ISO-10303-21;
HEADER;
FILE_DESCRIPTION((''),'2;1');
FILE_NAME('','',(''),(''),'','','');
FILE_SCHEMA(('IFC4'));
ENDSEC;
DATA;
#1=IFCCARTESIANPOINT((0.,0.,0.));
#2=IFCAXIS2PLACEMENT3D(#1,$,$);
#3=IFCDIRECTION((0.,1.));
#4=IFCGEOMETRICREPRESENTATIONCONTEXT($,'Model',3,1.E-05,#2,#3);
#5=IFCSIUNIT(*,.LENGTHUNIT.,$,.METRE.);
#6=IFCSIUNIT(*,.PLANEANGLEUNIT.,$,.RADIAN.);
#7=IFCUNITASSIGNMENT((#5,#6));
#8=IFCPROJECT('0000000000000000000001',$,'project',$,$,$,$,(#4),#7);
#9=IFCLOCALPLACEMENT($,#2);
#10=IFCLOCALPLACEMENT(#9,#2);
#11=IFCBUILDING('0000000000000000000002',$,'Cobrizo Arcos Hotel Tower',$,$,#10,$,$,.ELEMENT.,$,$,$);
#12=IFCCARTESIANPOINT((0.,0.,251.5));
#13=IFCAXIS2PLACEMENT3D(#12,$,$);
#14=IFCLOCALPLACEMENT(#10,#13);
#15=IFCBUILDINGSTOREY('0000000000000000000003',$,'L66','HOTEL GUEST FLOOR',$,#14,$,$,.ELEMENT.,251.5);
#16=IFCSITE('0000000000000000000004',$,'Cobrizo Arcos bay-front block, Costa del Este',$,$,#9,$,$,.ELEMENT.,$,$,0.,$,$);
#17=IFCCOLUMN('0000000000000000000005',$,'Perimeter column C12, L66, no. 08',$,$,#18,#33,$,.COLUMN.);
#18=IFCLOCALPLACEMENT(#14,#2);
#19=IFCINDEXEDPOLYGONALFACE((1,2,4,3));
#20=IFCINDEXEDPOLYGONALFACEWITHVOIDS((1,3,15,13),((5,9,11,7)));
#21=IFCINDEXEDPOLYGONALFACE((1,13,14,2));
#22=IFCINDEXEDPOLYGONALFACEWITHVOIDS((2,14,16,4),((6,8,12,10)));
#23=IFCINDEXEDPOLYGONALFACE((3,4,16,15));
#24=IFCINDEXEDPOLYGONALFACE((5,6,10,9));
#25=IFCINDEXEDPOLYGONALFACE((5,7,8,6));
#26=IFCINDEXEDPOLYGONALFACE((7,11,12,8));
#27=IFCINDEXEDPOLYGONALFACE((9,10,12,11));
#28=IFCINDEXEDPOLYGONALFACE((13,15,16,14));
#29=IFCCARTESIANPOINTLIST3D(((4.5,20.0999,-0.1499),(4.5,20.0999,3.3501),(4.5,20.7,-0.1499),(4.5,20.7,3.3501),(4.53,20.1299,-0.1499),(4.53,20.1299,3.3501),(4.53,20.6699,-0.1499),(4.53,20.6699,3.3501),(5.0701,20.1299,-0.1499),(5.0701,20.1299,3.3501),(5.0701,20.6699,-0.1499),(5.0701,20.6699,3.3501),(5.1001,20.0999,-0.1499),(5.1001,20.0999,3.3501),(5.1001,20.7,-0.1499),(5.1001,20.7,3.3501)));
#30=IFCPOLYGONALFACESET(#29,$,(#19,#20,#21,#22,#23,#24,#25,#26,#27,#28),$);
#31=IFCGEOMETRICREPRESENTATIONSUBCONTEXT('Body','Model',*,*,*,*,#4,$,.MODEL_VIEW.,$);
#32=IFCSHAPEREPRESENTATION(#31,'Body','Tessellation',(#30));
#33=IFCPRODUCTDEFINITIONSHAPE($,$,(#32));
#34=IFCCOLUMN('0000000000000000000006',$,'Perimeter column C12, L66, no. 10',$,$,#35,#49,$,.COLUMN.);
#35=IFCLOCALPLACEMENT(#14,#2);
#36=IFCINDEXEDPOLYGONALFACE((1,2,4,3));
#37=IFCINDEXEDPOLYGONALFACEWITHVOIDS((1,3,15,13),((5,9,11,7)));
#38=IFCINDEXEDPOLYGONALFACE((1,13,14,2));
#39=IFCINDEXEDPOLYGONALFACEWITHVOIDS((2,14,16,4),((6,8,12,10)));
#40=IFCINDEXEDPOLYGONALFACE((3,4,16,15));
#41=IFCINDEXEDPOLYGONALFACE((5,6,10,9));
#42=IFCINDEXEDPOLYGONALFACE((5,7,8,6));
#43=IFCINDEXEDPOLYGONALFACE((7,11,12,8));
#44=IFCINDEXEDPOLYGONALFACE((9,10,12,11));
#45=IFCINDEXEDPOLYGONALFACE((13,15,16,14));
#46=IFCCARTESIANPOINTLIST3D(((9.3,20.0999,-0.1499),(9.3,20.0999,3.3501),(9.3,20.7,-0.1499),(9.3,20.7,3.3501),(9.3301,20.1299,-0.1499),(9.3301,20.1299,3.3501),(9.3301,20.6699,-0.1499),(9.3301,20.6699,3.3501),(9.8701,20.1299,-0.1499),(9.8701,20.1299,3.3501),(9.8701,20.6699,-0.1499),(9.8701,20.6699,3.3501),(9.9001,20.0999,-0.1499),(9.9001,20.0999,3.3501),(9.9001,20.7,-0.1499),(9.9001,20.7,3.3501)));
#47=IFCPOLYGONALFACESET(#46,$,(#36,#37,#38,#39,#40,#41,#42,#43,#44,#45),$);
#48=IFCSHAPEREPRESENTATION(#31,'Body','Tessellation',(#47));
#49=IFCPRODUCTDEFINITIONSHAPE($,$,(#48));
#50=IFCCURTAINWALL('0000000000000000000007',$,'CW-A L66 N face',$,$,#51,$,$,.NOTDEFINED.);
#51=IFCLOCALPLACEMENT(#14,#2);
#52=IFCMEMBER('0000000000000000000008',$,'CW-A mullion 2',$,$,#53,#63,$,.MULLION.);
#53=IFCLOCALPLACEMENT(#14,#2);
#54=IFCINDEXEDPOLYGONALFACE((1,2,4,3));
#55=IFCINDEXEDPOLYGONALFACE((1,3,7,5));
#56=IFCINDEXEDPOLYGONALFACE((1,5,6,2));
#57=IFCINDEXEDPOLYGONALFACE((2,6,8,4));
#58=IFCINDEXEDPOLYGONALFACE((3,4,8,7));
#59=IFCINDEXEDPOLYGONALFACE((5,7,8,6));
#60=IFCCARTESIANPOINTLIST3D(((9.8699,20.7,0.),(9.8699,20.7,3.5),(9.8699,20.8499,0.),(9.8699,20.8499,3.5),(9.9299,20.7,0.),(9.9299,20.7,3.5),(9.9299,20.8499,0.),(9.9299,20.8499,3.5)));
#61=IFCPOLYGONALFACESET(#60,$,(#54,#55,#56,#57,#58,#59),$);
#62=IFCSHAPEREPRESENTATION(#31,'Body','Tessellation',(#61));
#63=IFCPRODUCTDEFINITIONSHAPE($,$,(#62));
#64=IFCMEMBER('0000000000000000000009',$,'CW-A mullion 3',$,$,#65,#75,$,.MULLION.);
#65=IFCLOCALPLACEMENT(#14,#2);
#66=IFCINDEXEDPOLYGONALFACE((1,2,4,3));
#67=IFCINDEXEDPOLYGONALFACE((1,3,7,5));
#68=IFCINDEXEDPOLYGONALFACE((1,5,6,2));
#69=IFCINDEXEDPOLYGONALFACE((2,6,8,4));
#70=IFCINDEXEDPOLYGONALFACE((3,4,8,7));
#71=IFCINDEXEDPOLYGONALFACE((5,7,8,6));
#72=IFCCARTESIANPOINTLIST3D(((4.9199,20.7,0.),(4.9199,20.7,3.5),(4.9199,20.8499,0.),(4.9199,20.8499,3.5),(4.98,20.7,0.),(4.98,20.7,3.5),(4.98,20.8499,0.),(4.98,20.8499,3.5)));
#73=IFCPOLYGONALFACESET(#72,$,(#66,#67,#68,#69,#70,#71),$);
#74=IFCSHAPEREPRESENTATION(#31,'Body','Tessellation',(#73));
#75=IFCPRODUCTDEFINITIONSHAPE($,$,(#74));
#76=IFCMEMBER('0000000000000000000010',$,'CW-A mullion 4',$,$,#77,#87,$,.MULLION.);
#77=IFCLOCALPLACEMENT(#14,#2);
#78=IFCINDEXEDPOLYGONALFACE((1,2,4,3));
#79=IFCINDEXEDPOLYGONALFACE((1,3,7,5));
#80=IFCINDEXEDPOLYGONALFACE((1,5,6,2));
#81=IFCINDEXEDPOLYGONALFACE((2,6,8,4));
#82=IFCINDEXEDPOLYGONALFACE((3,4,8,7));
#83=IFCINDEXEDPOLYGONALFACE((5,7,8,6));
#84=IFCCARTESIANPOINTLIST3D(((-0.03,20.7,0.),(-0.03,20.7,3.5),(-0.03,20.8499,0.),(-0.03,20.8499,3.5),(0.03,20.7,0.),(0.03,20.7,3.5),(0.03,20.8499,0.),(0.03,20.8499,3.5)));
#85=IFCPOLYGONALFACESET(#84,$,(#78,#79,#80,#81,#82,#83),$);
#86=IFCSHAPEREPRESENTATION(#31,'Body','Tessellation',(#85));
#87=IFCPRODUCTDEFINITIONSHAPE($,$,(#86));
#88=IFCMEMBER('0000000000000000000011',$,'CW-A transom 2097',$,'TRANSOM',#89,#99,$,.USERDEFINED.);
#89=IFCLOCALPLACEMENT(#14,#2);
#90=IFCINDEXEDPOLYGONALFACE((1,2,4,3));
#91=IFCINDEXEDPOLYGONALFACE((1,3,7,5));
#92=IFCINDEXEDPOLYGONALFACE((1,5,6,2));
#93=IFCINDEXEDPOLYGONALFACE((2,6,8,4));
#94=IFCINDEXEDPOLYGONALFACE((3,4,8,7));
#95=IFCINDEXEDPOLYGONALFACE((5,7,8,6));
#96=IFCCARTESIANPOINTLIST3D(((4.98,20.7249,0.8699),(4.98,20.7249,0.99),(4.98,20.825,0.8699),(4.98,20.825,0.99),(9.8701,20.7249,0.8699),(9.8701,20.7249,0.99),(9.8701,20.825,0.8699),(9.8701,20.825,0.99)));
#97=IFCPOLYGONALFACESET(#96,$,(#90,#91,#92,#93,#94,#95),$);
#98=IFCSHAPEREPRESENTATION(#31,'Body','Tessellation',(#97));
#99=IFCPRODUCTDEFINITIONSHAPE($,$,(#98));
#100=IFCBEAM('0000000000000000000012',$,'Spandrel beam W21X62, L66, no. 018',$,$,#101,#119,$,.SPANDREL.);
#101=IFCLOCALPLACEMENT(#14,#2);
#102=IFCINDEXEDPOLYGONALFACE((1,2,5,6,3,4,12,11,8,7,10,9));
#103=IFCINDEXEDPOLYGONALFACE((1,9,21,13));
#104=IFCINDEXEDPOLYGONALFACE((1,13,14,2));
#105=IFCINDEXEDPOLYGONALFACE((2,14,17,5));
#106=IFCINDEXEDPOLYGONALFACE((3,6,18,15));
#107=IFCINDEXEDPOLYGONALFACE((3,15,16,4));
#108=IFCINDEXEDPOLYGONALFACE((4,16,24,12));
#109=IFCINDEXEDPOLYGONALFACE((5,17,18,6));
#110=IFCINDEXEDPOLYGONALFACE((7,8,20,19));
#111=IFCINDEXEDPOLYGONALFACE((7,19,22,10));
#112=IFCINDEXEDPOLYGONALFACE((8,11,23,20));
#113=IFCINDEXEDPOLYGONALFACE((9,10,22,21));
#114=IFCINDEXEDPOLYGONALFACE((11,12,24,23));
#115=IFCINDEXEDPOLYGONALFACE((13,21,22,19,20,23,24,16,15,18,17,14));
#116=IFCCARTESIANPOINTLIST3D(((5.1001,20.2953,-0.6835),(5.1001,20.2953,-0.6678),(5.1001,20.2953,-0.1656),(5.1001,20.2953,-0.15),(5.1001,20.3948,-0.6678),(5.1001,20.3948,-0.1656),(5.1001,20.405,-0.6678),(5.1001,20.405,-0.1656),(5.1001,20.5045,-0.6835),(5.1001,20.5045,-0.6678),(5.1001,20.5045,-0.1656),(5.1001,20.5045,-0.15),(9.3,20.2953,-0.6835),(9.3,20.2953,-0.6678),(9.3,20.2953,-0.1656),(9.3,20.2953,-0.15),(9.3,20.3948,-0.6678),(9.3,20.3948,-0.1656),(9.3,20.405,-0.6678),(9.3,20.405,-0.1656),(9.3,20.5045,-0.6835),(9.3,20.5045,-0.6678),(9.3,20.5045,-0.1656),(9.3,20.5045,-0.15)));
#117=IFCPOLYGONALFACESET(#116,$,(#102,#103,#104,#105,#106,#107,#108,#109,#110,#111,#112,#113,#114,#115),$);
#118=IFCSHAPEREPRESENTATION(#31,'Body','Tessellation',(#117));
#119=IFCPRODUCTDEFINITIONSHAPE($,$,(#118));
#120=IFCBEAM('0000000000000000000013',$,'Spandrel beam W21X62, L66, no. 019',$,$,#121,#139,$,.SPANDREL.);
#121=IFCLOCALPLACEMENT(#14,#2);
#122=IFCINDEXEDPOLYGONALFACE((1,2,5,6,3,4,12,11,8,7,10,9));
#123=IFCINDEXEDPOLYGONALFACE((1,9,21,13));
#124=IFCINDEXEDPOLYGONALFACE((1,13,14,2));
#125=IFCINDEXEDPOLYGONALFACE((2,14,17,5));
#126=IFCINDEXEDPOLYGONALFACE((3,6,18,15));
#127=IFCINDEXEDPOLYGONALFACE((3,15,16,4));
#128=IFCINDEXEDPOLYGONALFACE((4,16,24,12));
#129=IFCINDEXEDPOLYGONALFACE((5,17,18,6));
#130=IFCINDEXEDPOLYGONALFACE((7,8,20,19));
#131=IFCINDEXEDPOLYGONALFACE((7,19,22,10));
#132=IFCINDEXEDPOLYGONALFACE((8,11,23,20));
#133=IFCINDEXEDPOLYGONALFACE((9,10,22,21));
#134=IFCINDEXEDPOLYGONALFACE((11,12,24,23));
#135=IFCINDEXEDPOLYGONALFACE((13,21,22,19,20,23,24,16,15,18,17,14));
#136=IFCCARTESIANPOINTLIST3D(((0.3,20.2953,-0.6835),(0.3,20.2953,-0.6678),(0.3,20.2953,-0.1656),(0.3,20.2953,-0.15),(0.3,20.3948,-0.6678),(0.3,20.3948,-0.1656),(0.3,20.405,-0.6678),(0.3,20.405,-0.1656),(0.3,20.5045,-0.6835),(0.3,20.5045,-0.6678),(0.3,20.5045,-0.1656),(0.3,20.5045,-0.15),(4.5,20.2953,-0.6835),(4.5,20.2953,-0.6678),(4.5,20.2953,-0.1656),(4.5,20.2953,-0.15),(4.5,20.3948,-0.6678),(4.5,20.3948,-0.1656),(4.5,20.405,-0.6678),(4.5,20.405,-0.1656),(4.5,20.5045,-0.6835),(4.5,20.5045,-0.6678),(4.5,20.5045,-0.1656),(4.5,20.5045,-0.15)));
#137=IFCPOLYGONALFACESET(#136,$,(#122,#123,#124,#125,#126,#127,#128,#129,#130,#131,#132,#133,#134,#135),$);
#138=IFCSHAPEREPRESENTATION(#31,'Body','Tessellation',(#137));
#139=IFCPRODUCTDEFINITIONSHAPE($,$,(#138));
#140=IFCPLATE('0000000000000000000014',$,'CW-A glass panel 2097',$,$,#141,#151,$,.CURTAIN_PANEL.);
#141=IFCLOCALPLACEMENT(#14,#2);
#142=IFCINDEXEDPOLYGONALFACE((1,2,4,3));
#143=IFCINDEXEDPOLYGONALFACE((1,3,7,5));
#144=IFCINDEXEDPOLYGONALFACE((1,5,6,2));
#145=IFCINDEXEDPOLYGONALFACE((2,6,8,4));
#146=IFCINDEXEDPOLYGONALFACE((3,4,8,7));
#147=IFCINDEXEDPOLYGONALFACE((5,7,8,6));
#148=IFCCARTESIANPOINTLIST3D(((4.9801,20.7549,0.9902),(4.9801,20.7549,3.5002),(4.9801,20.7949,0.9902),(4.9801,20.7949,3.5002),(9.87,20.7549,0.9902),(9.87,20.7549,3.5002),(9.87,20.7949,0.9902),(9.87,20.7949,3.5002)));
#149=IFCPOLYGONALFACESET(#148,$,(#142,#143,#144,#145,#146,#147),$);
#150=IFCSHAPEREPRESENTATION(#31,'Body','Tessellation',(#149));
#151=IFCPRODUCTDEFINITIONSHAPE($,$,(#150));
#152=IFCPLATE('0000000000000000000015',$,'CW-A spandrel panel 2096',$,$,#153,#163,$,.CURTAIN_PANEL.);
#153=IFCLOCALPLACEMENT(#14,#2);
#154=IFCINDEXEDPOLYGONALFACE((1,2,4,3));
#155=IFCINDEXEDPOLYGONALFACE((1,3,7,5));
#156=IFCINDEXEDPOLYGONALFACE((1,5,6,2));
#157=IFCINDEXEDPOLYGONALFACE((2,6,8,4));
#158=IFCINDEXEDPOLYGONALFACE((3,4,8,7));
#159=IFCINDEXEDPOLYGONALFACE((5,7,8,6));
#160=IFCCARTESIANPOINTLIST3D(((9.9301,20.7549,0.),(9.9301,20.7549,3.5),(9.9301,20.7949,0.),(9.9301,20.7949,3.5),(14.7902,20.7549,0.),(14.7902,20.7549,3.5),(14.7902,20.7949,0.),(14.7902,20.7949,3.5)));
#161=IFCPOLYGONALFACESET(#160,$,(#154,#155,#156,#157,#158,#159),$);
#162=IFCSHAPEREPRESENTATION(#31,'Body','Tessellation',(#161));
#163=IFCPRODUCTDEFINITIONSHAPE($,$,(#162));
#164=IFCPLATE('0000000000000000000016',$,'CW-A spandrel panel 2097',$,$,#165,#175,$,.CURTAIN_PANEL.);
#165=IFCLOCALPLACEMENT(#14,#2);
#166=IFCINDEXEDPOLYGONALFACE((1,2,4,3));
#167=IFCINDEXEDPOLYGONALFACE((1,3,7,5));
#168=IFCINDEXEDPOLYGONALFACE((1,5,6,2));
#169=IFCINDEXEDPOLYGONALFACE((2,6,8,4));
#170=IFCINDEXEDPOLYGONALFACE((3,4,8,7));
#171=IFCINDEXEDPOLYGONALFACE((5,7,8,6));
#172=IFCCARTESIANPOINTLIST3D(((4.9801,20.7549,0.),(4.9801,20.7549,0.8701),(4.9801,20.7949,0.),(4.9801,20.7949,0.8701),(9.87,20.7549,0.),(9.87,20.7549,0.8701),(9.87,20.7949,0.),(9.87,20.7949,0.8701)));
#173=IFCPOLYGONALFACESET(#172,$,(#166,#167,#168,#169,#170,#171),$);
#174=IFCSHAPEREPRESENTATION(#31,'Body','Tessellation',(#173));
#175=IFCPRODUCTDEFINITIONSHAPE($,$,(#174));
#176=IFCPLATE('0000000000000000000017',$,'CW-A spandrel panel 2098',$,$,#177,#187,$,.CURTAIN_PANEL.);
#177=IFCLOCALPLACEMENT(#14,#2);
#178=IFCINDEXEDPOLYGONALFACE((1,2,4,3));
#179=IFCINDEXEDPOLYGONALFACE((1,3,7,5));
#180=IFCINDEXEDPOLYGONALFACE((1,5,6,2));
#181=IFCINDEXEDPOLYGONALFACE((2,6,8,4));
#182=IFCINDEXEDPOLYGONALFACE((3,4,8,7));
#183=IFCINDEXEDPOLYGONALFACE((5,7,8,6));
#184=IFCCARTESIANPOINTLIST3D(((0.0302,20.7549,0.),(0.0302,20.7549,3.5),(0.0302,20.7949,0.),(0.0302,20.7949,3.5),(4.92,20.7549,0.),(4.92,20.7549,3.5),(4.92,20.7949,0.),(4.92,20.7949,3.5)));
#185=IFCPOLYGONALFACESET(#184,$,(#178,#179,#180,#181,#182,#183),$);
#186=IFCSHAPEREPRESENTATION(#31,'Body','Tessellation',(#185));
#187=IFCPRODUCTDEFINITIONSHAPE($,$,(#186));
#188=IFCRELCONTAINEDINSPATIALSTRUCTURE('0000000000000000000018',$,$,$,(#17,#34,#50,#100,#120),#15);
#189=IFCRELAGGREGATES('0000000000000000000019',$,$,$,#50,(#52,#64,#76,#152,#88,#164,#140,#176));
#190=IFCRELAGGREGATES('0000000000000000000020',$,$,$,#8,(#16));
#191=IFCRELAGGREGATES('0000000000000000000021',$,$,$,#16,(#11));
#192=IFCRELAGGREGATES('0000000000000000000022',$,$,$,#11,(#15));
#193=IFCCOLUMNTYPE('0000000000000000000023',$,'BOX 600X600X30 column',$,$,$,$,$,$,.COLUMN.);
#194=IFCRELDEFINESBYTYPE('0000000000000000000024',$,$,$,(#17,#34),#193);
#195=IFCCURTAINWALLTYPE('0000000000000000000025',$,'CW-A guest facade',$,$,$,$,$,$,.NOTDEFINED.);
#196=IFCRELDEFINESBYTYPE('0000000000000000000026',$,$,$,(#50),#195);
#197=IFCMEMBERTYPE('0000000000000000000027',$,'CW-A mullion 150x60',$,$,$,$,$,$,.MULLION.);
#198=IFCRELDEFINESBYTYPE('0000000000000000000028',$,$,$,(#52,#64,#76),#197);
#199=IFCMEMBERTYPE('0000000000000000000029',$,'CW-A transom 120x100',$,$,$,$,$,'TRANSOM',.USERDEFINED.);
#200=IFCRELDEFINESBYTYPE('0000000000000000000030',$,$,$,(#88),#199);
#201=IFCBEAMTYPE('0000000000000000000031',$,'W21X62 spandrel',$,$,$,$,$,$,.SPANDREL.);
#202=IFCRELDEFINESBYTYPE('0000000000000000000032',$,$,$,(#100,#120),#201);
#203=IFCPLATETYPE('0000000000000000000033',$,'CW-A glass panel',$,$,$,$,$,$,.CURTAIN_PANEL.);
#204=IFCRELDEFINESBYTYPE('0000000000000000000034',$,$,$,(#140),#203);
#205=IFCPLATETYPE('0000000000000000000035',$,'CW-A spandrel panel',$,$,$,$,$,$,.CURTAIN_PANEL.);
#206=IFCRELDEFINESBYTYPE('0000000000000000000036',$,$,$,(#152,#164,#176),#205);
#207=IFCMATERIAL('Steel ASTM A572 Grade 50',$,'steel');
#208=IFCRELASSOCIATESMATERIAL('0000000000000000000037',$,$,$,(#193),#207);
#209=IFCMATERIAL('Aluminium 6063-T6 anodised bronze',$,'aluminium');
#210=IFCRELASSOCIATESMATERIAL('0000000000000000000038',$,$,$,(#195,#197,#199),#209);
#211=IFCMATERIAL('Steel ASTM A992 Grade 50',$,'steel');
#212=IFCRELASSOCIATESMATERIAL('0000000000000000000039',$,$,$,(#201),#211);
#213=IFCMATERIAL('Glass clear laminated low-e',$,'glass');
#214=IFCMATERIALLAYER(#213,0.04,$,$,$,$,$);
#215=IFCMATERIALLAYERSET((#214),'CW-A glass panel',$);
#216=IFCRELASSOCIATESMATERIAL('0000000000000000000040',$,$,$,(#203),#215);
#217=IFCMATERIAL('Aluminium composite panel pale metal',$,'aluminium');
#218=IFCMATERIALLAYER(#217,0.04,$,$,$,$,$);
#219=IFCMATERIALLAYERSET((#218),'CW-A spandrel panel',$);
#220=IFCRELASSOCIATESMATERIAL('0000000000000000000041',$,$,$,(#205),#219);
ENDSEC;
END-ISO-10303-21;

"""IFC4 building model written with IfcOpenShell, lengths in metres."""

from ifc_helpers import new_model, si_unit, direction, frame, origin, origin_2d, place, context, subcontext, project, spatial, rectangle, hollow_rectangle, i_section, extrude, material, layer, layer_set, material_profile, profile_set, type_object, element, aggregate, save


model = new_model("IFC4")

# Units and contexts
model_context = context("Model", 3, precision=1e-05, world=origin(), true_north=direction((0.0, 1.0)))
body_context = subcontext(model_context, "Body", "Model", "MODEL_VIEW")
ifc_project = project(units=[si_unit("LENGTHUNIT", "METRE"), si_unit("PLANEANGLEUNIT", "RADIAN")], contexts=[model_context])

# Site, building, storey
site_placement = place(None, origin())
site = spatial("IfcSite", under=ifc_project, at=site_placement, Name="Cobrizo Arcos bay-front block, Costa del Este", CompositionType="ELEMENT", RefElevation=0.0)
building_placement = place(site_placement, origin())
building = spatial("IfcBuilding", under=site, at=building_placement, Name="Cobrizo Arcos Hotel Tower", CompositionType="ELEMENT")
storey_placement = place(building_placement, frame((0.0, 0.0, 251.5)))
storey = spatial("IfcBuildingStorey", under=building, at=storey_placement, Name="L66", Description="HOTEL GUEST FLOOR", CompositionType="ELEMENT", Elevation=251.5)

# Columns
ifc_material_1 = material(Name="Steel ASTM A572 Grade 50", Category="steel")
ifc_material_profile_1 = material_profile(ifc_material_1, hollow_rectangle(XDim=0.6001, YDim=0.6001, WallThickness=0.03, at=origin_2d()), Name="BOX 600X600X30")
ifc_profile_set_1 = profile_set([ifc_material_profile_1], Name="Steel ASTM A572 Grade 50")
column_type = type_object("IfcColumnType", Name="BOX 600X600X30 column", PredefinedType="COLUMN", material=ifc_profile_set_1)
for number, where, z_axis, x_axis, name in (
    (1, (4.8, 20.3999, -0.1499), (0.0, 0.0, 1.0), (1.0, 0.0, 0.0), "Perimeter column C12, L66, no. 08"),
    (2, (9.6001, 20.3999, -0.1499), (0.0, 0.0, 1.0), (1.0, 0.0, 0.0), "Perimeter column C12, L66, no. 10"),
):
    element("IfcColumn", number, at=place(storey_placement, frame(where, z_axis=z_axis, x_axis=x_axis)), inside=storey, type_object=column_type, Name=name, PredefinedType="COLUMN", context=body_context, shape_type="SweptSolid", body=[
        extrude(hollow_rectangle(XDim=0.6001, YDim=0.6001, WallThickness=0.03, at=origin_2d()), origin(), (0.0, 0.0, 1.0), 3.5),
    ])

# Curtain wall, members
ifc_material_2 = material(Name="Aluminium 6063-T6 anodised bronze", Category="aluminium")
curtain_wall_type = type_object("IfcCurtainWallType", Name="CW-A guest facade", PredefinedType="NOTDEFINED", material=ifc_material_2)
curtain_wall_placement = place(storey_placement, origin())
curtain_wall = element("IfcCurtainWall", 3, at=curtain_wall_placement, inside=storey, type_object=curtain_wall_type, Name="CW-A L66 N face", PredefinedType="NOTDEFINED")
ifc_material_profile_2 = material_profile(ifc_material_2, rectangle(XDim=0.1499, YDim=0.0601, at=origin_2d()), Name="CW-A mullion 150x60")
ifc_profile_set_2 = profile_set([ifc_material_profile_2], Name="Aluminium 6063-T6 anodised bronze")
member_type_1 = type_object("IfcMemberType", Name="CW-A mullion 150x60", PredefinedType="MULLION", material=ifc_profile_set_2)
member_1_placement = place(storey_placement, frame((9.8999, 20.7749, 0.0), z_axis=(0.0, 0.0, 1.0), x_axis=(0.0, 1.0, 0.0)))
member_1 = element("IfcMember", 4, at=member_1_placement, type_object=member_type_1, Name="CW-A mullion 2", PredefinedType="MULLION", context=body_context, shape_type="SweptSolid", body=[
    extrude(rectangle(XDim=0.1499, YDim=0.0601, at=origin_2d()), origin(), (0.0, 0.0, 1.0), 3.5),
])
member_2_placement = place(storey_placement, frame((4.95, 20.7749, 0.0), z_axis=(0.0, 0.0, 1.0), x_axis=(0.0, 1.0, 0.0)))
member_2 = element("IfcMember", 5, at=member_2_placement, type_object=member_type_1, Name="CW-A mullion 3", PredefinedType="MULLION", context=body_context, shape_type="SweptSolid", body=[
    extrude(rectangle(XDim=0.1499, YDim=0.0601, at=origin_2d()), origin(), (0.0, 0.0, 1.0), 3.5),
])
member_3_placement = place(storey_placement, frame((0.0, 20.7749, 0.0), z_axis=(0.0, 0.0, 1.0), x_axis=(0.0, 1.0, 0.0)))
member_3 = element("IfcMember", 6, at=member_3_placement, type_object=member_type_1, Name="CW-A mullion 4", PredefinedType="MULLION", context=body_context, shape_type="SweptSolid", body=[
    extrude(rectangle(XDim=0.1499, YDim=0.0601, at=origin_2d()), origin(), (0.0, 0.0, 1.0), 3.5),
])
ifc_material_profile_3 = material_profile(ifc_material_2, rectangle(XDim=0.1001, YDim=0.1201, at=origin_2d()), Name="CW-A transom 120x100")
ifc_profile_set_3 = profile_set([ifc_material_profile_3], Name="Aluminium 6063-T6 anodised bronze")
member_type_2 = type_object("IfcMemberType", Name="CW-A transom 120x100", ElementType="TRANSOM", PredefinedType="USERDEFINED", material=ifc_profile_set_3)
member_4_placement = place(storey_placement, frame((9.8701, 20.7749, 0.9299), z_axis=(-1.0, 0.0, 0.0), x_axis=(0.0, -1.0, 0.0)))
member_4 = element("IfcMember", 7, at=member_4_placement, type_object=member_type_2, Name="CW-A transom 2097", ObjectType="TRANSOM", PredefinedType="USERDEFINED", context=body_context, shape_type="SweptSolid", body=[
    extrude(rectangle(XDim=0.1001, YDim=0.1201, at=origin_2d()), origin(), (0.0, 0.0, 1.0), 4.8901),
])

# Beams
ifc_material_3 = material(Name="Steel ASTM A992 Grade 50", Category="steel")
ifc_material_profile_4 = material_profile(ifc_material_3, i_section(OverallWidth=0.2092, OverallDepth=0.5334, WebThickness=0.0103, FlangeThickness=0.0156, at=origin_2d()), Name="W21X62")
ifc_profile_set_4 = profile_set([ifc_material_profile_4], Name="Steel ASTM A992 Grade 50")
beam_type = type_object("IfcBeamType", Name="W21X62 spandrel", PredefinedType="SPANDREL", material=ifc_profile_set_4)
for number, where, z_axis, x_axis, name in (
    (8, (9.3, 20.3999, -0.4167), (-1.0, 0.0, 0.0), (0.0, -1.0, 0.0), "Spandrel beam W21X62, L66, no. 018"),
    (9, (4.5, 20.3999, -0.4167), (-1.0, 0.0, 0.0), (0.0, -1.0, 0.0), "Spandrel beam W21X62, L66, no. 019"),
):
    element("IfcBeam", number, at=place(storey_placement, frame(where, z_axis=z_axis, x_axis=x_axis)), inside=storey, type_object=beam_type, Name=name, PredefinedType="SPANDREL", context=body_context, shape_type="SweptSolid", body=[
        extrude(i_section(OverallWidth=0.2092, OverallDepth=0.5334, WebThickness=0.0103, FlangeThickness=0.0156, at=origin_2d()), origin(), (0.0, 0.0, 1.0), 4.2),
    ])

# Plates
ifc_material_4 = material(Name="Glass clear laminated low-e", Category="glass")
ifc_layer_1 = layer(ifc_material_4, 0.04)
ifc_layer_set_1 = layer_set([ifc_layer_1], Name="CW-A glass panel")
plate_type_1 = type_object("IfcPlateType", Name="CW-A glass panel", PredefinedType="CURTAIN_PANEL", material=ifc_layer_set_1)
plate_1_placement = place(storey_placement, frame((7.425, 20.7749, 0.9902), z_axis=(0.0, 0.0, 1.0), x_axis=(-1.0, 0.0, 0.0)))
plate_1 = element("IfcPlate", 10, at=plate_1_placement, type_object=plate_type_1, Name="CW-A glass panel 2097", PredefinedType="CURTAIN_PANEL", context=body_context, shape_type="SweptSolid", body=[
    extrude(rectangle(XDim=4.8899, YDim=0.04, at=origin_2d()), origin(), (0.0, 0.0, 1.0), 2.51),
])
ifc_material_5 = material(Name="Aluminium composite panel pale metal", Category="aluminium")
ifc_layer_2 = layer(ifc_material_5, 0.04)
ifc_layer_set_2 = layer_set([ifc_layer_2], Name="CW-A spandrel panel")
plate_type_2 = type_object("IfcPlateType", Name="CW-A spandrel panel", PredefinedType="CURTAIN_PANEL", material=ifc_layer_set_2)
plate_2_placement = place(storey_placement, frame((12.3601, 20.7749, 0.0), z_axis=(0.0, 0.0, 1.0), x_axis=(-1.0, 0.0, 0.0)))
plate_2 = element("IfcPlate", 11, at=plate_2_placement, type_object=plate_type_2, Name="CW-A spandrel panel 2096", PredefinedType="CURTAIN_PANEL", context=body_context, shape_type="SweptSolid", body=[
    extrude(rectangle(XDim=4.8601, YDim=0.04, at=origin_2d()), origin(), (0.0, 0.0, 1.0), 3.5),
])
plate_3_placement = place(storey_placement, frame((7.425, 20.7749, 0.0), z_axis=(0.0, 0.0, 1.0), x_axis=(-1.0, 0.0, 0.0)))
plate_3 = element("IfcPlate", 12, at=plate_3_placement, type_object=plate_type_2, Name="CW-A spandrel panel 2097", PredefinedType="CURTAIN_PANEL", context=body_context, shape_type="SweptSolid", body=[
    extrude(rectangle(XDim=4.8899, YDim=0.04, at=origin_2d()), origin(), (0.0, 0.0, 1.0), 0.8701),
])
plate_4_placement = place(storey_placement, frame((2.4751, 20.7749, 0.0), z_axis=(0.0, 0.0, 1.0), x_axis=(-1.0, 0.0, 0.0)))
plate_4 = element("IfcPlate", 13, at=plate_4_placement, type_object=plate_type_2, Name="CW-A spandrel panel 2098", PredefinedType="CURTAIN_PANEL", context=body_context, shape_type="SweptSolid", body=[
    extrude(rectangle(XDim=4.8899, YDim=0.04, at=origin_2d()), origin(), (0.0, 0.0, 1.0), 3.5),
])
aggregate(curtain_wall, [member_1, member_2, member_3, plate_2, member_4, plate_3, plate_1, plate_4])

save(model, "model.ifc")
